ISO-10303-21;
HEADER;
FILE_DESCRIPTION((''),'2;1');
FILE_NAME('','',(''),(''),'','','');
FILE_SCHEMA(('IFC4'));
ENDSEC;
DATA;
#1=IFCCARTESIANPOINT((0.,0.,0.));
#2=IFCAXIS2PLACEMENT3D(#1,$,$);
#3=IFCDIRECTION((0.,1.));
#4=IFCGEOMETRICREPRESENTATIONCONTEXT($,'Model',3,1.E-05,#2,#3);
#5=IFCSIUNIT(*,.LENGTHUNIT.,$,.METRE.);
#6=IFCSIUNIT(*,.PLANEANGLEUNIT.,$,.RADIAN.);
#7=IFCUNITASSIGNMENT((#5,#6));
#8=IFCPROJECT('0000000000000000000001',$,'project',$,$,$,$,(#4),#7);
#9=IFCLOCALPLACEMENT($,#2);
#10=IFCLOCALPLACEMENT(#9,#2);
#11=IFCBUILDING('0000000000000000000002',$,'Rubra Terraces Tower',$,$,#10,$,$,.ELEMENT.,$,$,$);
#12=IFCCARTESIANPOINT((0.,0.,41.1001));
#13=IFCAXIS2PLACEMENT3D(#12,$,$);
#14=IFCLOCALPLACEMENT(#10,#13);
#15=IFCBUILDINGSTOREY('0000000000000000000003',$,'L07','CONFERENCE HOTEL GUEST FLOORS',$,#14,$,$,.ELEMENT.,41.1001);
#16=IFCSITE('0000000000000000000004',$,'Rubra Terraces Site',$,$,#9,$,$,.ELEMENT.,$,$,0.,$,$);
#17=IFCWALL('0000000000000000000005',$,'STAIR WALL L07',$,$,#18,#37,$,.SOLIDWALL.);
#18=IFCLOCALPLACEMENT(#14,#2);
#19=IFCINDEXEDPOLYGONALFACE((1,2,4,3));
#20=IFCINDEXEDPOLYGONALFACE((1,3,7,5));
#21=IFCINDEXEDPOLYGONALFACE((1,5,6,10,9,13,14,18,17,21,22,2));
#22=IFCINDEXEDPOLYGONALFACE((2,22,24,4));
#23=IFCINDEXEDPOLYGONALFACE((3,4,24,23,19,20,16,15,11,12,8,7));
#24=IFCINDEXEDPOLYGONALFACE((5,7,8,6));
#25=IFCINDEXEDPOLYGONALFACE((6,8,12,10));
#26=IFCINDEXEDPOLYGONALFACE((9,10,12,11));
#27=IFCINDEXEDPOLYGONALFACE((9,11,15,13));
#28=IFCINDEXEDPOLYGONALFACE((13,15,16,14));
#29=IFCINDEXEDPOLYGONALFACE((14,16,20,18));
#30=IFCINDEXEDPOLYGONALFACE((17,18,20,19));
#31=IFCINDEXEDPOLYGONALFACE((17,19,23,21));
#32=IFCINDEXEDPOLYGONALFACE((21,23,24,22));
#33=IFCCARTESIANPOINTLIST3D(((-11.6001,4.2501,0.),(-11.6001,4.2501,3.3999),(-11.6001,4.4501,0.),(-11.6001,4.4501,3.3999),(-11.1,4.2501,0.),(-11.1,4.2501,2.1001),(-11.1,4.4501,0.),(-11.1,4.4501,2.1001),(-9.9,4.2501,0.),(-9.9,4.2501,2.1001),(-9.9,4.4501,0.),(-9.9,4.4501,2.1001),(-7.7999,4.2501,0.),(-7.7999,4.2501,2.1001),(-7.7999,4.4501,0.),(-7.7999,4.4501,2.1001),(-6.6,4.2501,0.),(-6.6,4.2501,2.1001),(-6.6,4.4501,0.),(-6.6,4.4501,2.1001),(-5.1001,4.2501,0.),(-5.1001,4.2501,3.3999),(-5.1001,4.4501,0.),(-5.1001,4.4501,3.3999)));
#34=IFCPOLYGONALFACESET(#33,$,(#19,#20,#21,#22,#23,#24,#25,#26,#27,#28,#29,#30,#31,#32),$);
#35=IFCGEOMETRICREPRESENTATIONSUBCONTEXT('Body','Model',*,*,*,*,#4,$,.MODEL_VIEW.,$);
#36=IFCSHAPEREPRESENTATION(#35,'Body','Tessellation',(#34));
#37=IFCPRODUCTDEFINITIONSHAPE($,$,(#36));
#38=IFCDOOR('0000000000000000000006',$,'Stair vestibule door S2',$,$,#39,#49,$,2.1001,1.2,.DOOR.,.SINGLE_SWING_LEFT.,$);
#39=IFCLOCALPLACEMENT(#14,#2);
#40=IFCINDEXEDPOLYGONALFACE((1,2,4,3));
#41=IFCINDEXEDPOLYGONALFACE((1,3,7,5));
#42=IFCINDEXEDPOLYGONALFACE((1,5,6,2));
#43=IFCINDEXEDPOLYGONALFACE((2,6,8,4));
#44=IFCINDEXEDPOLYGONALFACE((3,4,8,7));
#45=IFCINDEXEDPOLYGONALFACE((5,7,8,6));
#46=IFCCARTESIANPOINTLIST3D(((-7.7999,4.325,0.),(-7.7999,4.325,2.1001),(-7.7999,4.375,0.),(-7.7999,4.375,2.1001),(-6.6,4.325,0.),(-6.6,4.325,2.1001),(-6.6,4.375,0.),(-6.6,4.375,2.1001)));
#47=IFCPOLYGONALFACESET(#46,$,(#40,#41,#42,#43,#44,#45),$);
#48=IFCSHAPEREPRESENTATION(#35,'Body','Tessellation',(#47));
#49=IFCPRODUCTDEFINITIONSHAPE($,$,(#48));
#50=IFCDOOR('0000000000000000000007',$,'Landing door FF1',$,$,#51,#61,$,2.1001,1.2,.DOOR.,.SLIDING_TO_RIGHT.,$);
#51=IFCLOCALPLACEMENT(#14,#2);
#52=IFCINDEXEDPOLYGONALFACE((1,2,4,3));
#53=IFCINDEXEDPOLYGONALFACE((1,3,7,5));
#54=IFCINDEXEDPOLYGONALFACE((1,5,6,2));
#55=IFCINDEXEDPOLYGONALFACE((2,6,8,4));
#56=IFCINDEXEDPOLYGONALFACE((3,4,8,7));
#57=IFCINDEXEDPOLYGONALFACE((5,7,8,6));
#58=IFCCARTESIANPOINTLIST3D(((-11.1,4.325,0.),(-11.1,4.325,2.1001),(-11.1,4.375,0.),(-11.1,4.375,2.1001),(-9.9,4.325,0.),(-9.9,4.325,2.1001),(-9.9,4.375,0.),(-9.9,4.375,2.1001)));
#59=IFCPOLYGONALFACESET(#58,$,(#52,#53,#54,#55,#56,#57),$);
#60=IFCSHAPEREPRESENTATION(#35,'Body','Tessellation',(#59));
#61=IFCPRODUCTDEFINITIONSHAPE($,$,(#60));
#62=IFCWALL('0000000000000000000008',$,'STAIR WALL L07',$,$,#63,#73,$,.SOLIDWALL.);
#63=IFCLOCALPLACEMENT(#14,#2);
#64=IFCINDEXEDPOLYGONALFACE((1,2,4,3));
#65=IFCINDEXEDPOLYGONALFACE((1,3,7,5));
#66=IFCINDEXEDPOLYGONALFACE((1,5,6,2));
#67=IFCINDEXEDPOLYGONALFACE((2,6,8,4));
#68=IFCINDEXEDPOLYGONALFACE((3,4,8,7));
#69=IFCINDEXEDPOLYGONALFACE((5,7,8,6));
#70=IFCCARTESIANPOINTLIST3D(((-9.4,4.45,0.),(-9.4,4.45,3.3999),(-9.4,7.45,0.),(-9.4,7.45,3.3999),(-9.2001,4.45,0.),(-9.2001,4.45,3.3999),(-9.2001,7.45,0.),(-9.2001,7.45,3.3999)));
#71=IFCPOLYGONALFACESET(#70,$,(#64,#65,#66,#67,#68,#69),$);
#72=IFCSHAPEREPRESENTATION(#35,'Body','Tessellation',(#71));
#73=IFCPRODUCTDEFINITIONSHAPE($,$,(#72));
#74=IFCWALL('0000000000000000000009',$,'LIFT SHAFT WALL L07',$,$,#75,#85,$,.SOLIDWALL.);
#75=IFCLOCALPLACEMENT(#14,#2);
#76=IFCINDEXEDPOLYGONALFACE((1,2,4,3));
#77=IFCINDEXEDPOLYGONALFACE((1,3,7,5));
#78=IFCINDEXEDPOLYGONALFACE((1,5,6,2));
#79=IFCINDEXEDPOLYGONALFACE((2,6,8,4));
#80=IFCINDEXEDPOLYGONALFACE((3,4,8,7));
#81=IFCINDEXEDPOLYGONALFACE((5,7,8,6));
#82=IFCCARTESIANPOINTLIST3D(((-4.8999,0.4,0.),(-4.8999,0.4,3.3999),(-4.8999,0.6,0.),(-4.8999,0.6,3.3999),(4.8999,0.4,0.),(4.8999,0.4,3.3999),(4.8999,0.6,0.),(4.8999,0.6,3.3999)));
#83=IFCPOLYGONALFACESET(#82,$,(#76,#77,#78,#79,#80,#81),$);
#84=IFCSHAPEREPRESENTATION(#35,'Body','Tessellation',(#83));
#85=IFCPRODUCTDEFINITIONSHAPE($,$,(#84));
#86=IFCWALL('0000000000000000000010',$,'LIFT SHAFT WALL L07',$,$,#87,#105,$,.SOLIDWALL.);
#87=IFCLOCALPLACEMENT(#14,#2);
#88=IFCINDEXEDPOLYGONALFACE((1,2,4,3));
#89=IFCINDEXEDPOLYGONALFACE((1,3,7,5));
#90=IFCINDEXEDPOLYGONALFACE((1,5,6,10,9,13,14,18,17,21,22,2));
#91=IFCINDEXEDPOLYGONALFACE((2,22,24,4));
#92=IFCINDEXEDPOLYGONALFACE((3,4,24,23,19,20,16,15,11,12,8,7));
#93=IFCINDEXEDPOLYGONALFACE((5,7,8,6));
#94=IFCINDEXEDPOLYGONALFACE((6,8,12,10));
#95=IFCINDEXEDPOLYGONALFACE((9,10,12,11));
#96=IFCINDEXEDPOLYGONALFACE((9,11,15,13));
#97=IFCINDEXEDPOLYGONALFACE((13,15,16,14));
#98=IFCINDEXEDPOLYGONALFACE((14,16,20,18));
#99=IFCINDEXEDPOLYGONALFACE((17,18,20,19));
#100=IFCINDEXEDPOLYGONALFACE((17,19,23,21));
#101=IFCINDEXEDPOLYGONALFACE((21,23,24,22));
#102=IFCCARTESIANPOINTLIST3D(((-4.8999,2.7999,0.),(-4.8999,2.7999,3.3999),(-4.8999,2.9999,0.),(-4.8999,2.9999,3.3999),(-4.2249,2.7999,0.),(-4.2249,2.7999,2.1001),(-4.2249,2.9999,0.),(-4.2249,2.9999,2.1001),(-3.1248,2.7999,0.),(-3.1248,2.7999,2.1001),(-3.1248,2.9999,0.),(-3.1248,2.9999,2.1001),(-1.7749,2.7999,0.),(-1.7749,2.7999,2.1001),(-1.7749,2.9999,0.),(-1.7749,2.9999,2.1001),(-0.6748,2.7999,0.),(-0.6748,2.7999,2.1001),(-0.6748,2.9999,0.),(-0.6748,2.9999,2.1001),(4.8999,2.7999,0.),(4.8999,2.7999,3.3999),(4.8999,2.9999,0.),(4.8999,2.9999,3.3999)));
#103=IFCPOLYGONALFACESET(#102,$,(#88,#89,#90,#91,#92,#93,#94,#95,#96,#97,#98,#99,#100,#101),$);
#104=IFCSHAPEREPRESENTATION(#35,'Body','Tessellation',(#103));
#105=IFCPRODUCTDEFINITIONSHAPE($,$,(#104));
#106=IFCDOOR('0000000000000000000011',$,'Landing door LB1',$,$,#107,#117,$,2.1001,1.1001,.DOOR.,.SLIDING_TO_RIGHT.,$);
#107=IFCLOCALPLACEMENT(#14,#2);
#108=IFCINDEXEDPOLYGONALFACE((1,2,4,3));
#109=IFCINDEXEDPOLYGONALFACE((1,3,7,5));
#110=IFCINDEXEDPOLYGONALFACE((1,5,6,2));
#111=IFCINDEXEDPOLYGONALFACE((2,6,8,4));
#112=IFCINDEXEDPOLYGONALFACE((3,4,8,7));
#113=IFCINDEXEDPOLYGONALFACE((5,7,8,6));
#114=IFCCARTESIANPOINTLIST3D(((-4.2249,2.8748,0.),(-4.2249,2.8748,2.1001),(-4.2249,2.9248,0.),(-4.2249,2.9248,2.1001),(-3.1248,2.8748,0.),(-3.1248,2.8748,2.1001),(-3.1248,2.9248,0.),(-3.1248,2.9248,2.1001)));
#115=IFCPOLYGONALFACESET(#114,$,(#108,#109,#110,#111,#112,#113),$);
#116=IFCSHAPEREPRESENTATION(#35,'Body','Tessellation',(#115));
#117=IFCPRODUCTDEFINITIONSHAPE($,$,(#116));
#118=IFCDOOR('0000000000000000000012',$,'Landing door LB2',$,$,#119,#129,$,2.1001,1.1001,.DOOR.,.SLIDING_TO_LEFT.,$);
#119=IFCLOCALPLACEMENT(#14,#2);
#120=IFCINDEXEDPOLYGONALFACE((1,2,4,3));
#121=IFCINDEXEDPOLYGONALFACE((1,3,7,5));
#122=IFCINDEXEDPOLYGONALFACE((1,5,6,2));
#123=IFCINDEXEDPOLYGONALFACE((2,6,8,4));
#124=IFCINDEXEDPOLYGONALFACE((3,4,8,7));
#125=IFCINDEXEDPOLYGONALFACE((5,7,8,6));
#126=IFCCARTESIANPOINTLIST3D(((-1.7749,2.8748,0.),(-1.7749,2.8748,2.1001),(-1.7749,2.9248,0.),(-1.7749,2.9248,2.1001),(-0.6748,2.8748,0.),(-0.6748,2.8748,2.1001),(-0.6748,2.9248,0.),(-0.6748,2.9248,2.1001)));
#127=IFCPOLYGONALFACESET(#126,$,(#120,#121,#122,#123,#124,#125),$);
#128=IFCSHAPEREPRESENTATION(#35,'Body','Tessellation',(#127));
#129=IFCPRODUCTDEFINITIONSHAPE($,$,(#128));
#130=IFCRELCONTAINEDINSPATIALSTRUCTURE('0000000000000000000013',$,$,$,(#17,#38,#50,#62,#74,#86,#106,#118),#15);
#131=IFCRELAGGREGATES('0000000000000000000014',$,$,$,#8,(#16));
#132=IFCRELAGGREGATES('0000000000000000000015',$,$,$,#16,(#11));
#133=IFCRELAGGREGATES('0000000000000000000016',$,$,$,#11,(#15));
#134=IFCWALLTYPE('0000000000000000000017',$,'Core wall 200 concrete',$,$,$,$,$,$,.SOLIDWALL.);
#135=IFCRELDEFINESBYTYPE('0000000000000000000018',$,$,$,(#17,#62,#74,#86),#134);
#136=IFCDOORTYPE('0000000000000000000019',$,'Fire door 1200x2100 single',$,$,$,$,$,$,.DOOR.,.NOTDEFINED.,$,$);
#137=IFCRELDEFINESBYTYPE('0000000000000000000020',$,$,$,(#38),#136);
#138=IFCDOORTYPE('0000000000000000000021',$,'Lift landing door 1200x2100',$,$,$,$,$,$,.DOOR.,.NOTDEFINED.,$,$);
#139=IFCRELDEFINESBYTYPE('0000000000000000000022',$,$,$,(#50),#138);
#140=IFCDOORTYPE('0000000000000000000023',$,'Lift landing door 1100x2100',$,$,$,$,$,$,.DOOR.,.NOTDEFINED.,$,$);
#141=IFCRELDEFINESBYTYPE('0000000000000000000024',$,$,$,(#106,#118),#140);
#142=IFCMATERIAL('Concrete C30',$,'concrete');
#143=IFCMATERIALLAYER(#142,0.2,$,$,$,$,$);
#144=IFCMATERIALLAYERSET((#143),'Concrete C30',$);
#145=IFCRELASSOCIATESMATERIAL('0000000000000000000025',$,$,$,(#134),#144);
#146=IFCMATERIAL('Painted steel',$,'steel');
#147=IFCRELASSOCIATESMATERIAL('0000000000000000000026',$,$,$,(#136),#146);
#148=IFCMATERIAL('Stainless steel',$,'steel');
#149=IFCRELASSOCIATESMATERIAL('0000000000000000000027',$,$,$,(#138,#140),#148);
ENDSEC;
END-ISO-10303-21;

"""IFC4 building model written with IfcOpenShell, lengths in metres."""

from ifc_helpers import new_model, si_unit, direction, frame, frame_2d, origin, place, context, subcontext, project, spatial, rectangle, extrude, material, layer, layer_set, type_object, element, fill, save


model = new_model("IFC4")

# Units and contexts
model_context = context("Model", 3, precision=1e-05, world=origin(), true_north=direction((0.0, 1.0)))
body_context = subcontext(model_context, "Body", "Model", "MODEL_VIEW")
ifc_project = project(units=[si_unit("LENGTHUNIT", "METRE"), si_unit("PLANEANGLEUNIT", "RADIAN")], contexts=[model_context])

# Site, building, storey
site_placement = place(None, origin())
site = spatial("IfcSite", under=ifc_project, at=site_placement, Name="Rubra Terraces Site", CompositionType="ELEMENT", RefElevation=0.0)
building_placement = place(site_placement, origin())
building = spatial("IfcBuilding", under=site, at=building_placement, Name="Rubra Terraces Tower", CompositionType="ELEMENT")
storey_placement = place(building_placement, frame((0.0, 0.0, 41.1001)))
storey = spatial("IfcBuildingStorey", under=building, at=storey_placement, Name="L07", Description="CONFERENCE HOTEL GUEST FLOORS", CompositionType="ELEMENT", Elevation=41.1001)

# Wall, openings, doors
ifc_material_1 = material(Name="Concrete C30", Category="concrete")
ifc_layer_1 = layer(ifc_material_1, 0.2)
ifc_layer_set_1 = layer_set([ifc_layer_1], Name="Concrete C30")
wall_type_1 = type_object("IfcWallType", Name="Core wall 200 concrete", PredefinedType="SOLIDWALL", material=ifc_layer_set_1)
wall_1_placement = place(storey_placement, frame((-11.6001, 4.3501, 0.0), z_axis=(0.0, 0.0, 1.0), x_axis=(1.0, 0.0, 0.0)))
wall_1 = element("IfcWall", 1, at=wall_1_placement, inside=storey, type_object=wall_type_1, Name="STAIR WALL L07", PredefinedType="SOLIDWALL", context=body_context, shape_type="SweptSolid", body=[
    extrude(rectangle(XDim=6.5, YDim=0.2, at=frame_2d((3.25, 0.0))), origin(), (0.0, 0.0, 1.0), 3.3999),
])
opening_1_placement = place(wall_1_placement, frame((3.8, 0.0, 0.0)))
opening_1 = element("IfcOpeningElement", 2, at=opening_1_placement, cuts=wall_1, PredefinedType="OPENING", context=body_context, shape_type="SweptSolid", body=[
    extrude(rectangle(XDim=1.2, YDim=2.1001, at=frame_2d((0.6001, 1.05))), frame((0.0, 0.1099, 0.0), z_axis=(0.0, -1.0, 0.0), x_axis=(1.0, 0.0, 0.0)), (0.0, 0.0, 1.0), 0.22),
])
opening_2_placement = place(wall_1_placement, frame((0.5, 0.0, 0.0)))
opening_2 = element("IfcOpeningElement", 3, at=opening_2_placement, cuts=wall_1, PredefinedType="OPENING", context=body_context, shape_type="SweptSolid", body=[
    extrude(rectangle(XDim=1.2, YDim=2.1001, at=frame_2d((0.6001, 1.05))), frame((0.0, 0.1099, 0.0), z_axis=(0.0, -1.0, 0.0), x_axis=(1.0, 0.0, 0.0)), (0.0, 0.0, 1.0), 0.22),
])
ifc_material_2 = material(Name="Painted steel", Category="steel")
door_type_1 = type_object("IfcDoorType", Name="Fire door 1200x2100 single", OperationType="NOTDEFINED", PredefinedType="DOOR", material=ifc_material_2)
door_1_placement = place(opening_1_placement, origin())
door_1 = element("IfcDoor", 4, at=door_1_placement, inside=storey, type_object=door_type_1, Name="Stair vestibule door S2", OperationType="SINGLE_SWING_LEFT", OverallHeight=2.1001, OverallWidth=1.2, PredefinedType="DOOR", context=body_context, shape_type="SweptSolid", body=[
    extrude(rectangle(XDim=1.2, YDim=2.1001, at=frame_2d((0.6001, 1.05))), frame((0.0, 0.0249, 0.0), z_axis=(0.0, -1.0, 0.0), x_axis=(1.0, 0.0, 0.0)), (0.0, 0.0, 1.0), 0.05),
])
fill(opening_1, door_1)
ifc_material_3 = material(Name="Stainless steel", Category="steel")
door_type_2 = type_object("IfcDoorType", Name="Lift landing door 1200x2100", OperationType="NOTDEFINED", PredefinedType="DOOR", material=ifc_material_3)
door_2_placement = place(opening_2_placement, origin())
door_2 = element("IfcDoor", 5, at=door_2_placement, inside=storey, type_object=door_type_2, Name="Landing door FF1", OperationType="SLIDING_TO_RIGHT", OverallHeight=2.1001, OverallWidth=1.2, PredefinedType="DOOR", context=body_context, shape_type="SweptSolid", body=[
    extrude(rectangle(XDim=1.2, YDim=2.1001, at=frame_2d((0.6001, 1.05))), frame((0.0, 0.0249, 0.0), z_axis=(0.0, -1.0, 0.0), x_axis=(1.0, 0.0, 0.0)), (0.0, 0.0, 1.0), 0.05),
])
fill(opening_2, door_2)

# Walls
wall_2_placement = place(storey_placement, frame((-9.3, 4.45, 0.0), z_axis=(0.0, 0.0, 1.0), x_axis=(0.0, 1.0, 0.0)))
element("IfcWall", 6, at=wall_2_placement, inside=storey, type_object=wall_type_1, Name="STAIR WALL L07", PredefinedType="SOLIDWALL", context=body_context, shape_type="SweptSolid", body=[
    extrude(rectangle(XDim=3.0, YDim=0.2, at=frame_2d((1.5, 0.0))), origin(), (0.0, 0.0, 1.0), 3.3999),
])
wall_3_placement = place(storey_placement, frame((-4.8999, 0.5, 0.0), z_axis=(0.0, 0.0, 1.0), x_axis=(1.0, 0.0, 0.0)))
element("IfcWall", 7, at=wall_3_placement, inside=storey, type_object=wall_type_1, Name="LIFT SHAFT WALL L07", PredefinedType="SOLIDWALL", context=body_context, shape_type="SweptSolid", body=[
    extrude(rectangle(XDim=9.7998, YDim=0.2, at=frame_2d((4.8999, 0.0))), origin(), (0.0, 0.0, 1.0), 3.3999),
])

# Wall, openings, doors
wall_4_placement = place(storey_placement, frame((-4.8999, 2.8999, 0.0), z_axis=(0.0, 0.0, 1.0), x_axis=(1.0, 0.0, 0.0)))
wall_4 = element("IfcWall", 8, at=wall_4_placement, inside=storey, type_object=wall_type_1, Name="LIFT SHAFT WALL L07", PredefinedType="SOLIDWALL", context=body_context, shape_type="SweptSolid", body=[
    extrude(rectangle(XDim=9.7998, YDim=0.2, at=frame_2d((4.8999, 0.0))), origin(), (0.0, 0.0, 1.0), 3.3999),
])
opening_3_placement = place(wall_4_placement, frame((0.675, 0.0, 0.0)))
opening_3 = element("IfcOpeningElement", 9, at=opening_3_placement, cuts=wall_4, PredefinedType="OPENING", context=body_context, shape_type="SweptSolid", body=[
    extrude(rectangle(XDim=1.1001, YDim=2.1001, at=frame_2d((0.55, 1.05))), frame((0.0, 0.1099, 0.0), z_axis=(0.0, -1.0, 0.0), x_axis=(1.0, 0.0, 0.0)), (0.0, 0.0, 1.0), 0.22),
])
opening_4_placement = place(wall_4_placement, frame((3.125, 0.0, 0.0)))
opening_4 = element("IfcOpeningElement", 10, at=opening_4_placement, cuts=wall_4, PredefinedType="OPENING", context=body_context, shape_type="SweptSolid", body=[
    extrude(rectangle(XDim=1.1001, YDim=2.1001, at=frame_2d((0.55, 1.05))), frame((0.0, 0.1099, 0.0), z_axis=(0.0, -1.0, 0.0), x_axis=(1.0, 0.0, 0.0)), (0.0, 0.0, 1.0), 0.22),
])
door_type_3 = type_object("IfcDoorType", Name="Lift landing door 1100x2100", OperationType="NOTDEFINED", PredefinedType="DOOR", material=ifc_material_3)
door_3_placement = place(opening_3_placement, origin())
door_3 = element("IfcDoor", 11, at=door_3_placement, inside=storey, type_object=door_type_3, Name="Landing door LB1", OperationType="SLIDING_TO_RIGHT", OverallHeight=2.1001, OverallWidth=1.1001, PredefinedType="DOOR", context=body_context, shape_type="SweptSolid", body=[
    extrude(rectangle(XDim=1.1001, YDim=2.1001, at=frame_2d((0.55, 1.05))), frame((0.0, 0.0249, 0.0), z_axis=(0.0, -1.0, 0.0), x_axis=(1.0, 0.0, 0.0)), (0.0, 0.0, 1.0), 0.05),
])
fill(opening_3, door_3)
door_4_placement = place(opening_4_placement, origin())
door_4 = element("IfcDoor", 12, at=door_4_placement, inside=storey, type_object=door_type_3, Name="Landing door LB2", OperationType="SLIDING_TO_LEFT", OverallHeight=2.1001, OverallWidth=1.1001, PredefinedType="DOOR", context=body_context, shape_type="SweptSolid", body=[
    extrude(rectangle(XDim=1.1001, YDim=2.1001, at=frame_2d((0.55, 1.05))), frame((0.0, 0.0249, 0.0), z_axis=(0.0, -1.0, 0.0), x_axis=(1.0, 0.0, 0.0)), (0.0, 0.0, 1.0), 0.05),
])
fill(opening_4, door_4)

save(model, "model.ifc")
